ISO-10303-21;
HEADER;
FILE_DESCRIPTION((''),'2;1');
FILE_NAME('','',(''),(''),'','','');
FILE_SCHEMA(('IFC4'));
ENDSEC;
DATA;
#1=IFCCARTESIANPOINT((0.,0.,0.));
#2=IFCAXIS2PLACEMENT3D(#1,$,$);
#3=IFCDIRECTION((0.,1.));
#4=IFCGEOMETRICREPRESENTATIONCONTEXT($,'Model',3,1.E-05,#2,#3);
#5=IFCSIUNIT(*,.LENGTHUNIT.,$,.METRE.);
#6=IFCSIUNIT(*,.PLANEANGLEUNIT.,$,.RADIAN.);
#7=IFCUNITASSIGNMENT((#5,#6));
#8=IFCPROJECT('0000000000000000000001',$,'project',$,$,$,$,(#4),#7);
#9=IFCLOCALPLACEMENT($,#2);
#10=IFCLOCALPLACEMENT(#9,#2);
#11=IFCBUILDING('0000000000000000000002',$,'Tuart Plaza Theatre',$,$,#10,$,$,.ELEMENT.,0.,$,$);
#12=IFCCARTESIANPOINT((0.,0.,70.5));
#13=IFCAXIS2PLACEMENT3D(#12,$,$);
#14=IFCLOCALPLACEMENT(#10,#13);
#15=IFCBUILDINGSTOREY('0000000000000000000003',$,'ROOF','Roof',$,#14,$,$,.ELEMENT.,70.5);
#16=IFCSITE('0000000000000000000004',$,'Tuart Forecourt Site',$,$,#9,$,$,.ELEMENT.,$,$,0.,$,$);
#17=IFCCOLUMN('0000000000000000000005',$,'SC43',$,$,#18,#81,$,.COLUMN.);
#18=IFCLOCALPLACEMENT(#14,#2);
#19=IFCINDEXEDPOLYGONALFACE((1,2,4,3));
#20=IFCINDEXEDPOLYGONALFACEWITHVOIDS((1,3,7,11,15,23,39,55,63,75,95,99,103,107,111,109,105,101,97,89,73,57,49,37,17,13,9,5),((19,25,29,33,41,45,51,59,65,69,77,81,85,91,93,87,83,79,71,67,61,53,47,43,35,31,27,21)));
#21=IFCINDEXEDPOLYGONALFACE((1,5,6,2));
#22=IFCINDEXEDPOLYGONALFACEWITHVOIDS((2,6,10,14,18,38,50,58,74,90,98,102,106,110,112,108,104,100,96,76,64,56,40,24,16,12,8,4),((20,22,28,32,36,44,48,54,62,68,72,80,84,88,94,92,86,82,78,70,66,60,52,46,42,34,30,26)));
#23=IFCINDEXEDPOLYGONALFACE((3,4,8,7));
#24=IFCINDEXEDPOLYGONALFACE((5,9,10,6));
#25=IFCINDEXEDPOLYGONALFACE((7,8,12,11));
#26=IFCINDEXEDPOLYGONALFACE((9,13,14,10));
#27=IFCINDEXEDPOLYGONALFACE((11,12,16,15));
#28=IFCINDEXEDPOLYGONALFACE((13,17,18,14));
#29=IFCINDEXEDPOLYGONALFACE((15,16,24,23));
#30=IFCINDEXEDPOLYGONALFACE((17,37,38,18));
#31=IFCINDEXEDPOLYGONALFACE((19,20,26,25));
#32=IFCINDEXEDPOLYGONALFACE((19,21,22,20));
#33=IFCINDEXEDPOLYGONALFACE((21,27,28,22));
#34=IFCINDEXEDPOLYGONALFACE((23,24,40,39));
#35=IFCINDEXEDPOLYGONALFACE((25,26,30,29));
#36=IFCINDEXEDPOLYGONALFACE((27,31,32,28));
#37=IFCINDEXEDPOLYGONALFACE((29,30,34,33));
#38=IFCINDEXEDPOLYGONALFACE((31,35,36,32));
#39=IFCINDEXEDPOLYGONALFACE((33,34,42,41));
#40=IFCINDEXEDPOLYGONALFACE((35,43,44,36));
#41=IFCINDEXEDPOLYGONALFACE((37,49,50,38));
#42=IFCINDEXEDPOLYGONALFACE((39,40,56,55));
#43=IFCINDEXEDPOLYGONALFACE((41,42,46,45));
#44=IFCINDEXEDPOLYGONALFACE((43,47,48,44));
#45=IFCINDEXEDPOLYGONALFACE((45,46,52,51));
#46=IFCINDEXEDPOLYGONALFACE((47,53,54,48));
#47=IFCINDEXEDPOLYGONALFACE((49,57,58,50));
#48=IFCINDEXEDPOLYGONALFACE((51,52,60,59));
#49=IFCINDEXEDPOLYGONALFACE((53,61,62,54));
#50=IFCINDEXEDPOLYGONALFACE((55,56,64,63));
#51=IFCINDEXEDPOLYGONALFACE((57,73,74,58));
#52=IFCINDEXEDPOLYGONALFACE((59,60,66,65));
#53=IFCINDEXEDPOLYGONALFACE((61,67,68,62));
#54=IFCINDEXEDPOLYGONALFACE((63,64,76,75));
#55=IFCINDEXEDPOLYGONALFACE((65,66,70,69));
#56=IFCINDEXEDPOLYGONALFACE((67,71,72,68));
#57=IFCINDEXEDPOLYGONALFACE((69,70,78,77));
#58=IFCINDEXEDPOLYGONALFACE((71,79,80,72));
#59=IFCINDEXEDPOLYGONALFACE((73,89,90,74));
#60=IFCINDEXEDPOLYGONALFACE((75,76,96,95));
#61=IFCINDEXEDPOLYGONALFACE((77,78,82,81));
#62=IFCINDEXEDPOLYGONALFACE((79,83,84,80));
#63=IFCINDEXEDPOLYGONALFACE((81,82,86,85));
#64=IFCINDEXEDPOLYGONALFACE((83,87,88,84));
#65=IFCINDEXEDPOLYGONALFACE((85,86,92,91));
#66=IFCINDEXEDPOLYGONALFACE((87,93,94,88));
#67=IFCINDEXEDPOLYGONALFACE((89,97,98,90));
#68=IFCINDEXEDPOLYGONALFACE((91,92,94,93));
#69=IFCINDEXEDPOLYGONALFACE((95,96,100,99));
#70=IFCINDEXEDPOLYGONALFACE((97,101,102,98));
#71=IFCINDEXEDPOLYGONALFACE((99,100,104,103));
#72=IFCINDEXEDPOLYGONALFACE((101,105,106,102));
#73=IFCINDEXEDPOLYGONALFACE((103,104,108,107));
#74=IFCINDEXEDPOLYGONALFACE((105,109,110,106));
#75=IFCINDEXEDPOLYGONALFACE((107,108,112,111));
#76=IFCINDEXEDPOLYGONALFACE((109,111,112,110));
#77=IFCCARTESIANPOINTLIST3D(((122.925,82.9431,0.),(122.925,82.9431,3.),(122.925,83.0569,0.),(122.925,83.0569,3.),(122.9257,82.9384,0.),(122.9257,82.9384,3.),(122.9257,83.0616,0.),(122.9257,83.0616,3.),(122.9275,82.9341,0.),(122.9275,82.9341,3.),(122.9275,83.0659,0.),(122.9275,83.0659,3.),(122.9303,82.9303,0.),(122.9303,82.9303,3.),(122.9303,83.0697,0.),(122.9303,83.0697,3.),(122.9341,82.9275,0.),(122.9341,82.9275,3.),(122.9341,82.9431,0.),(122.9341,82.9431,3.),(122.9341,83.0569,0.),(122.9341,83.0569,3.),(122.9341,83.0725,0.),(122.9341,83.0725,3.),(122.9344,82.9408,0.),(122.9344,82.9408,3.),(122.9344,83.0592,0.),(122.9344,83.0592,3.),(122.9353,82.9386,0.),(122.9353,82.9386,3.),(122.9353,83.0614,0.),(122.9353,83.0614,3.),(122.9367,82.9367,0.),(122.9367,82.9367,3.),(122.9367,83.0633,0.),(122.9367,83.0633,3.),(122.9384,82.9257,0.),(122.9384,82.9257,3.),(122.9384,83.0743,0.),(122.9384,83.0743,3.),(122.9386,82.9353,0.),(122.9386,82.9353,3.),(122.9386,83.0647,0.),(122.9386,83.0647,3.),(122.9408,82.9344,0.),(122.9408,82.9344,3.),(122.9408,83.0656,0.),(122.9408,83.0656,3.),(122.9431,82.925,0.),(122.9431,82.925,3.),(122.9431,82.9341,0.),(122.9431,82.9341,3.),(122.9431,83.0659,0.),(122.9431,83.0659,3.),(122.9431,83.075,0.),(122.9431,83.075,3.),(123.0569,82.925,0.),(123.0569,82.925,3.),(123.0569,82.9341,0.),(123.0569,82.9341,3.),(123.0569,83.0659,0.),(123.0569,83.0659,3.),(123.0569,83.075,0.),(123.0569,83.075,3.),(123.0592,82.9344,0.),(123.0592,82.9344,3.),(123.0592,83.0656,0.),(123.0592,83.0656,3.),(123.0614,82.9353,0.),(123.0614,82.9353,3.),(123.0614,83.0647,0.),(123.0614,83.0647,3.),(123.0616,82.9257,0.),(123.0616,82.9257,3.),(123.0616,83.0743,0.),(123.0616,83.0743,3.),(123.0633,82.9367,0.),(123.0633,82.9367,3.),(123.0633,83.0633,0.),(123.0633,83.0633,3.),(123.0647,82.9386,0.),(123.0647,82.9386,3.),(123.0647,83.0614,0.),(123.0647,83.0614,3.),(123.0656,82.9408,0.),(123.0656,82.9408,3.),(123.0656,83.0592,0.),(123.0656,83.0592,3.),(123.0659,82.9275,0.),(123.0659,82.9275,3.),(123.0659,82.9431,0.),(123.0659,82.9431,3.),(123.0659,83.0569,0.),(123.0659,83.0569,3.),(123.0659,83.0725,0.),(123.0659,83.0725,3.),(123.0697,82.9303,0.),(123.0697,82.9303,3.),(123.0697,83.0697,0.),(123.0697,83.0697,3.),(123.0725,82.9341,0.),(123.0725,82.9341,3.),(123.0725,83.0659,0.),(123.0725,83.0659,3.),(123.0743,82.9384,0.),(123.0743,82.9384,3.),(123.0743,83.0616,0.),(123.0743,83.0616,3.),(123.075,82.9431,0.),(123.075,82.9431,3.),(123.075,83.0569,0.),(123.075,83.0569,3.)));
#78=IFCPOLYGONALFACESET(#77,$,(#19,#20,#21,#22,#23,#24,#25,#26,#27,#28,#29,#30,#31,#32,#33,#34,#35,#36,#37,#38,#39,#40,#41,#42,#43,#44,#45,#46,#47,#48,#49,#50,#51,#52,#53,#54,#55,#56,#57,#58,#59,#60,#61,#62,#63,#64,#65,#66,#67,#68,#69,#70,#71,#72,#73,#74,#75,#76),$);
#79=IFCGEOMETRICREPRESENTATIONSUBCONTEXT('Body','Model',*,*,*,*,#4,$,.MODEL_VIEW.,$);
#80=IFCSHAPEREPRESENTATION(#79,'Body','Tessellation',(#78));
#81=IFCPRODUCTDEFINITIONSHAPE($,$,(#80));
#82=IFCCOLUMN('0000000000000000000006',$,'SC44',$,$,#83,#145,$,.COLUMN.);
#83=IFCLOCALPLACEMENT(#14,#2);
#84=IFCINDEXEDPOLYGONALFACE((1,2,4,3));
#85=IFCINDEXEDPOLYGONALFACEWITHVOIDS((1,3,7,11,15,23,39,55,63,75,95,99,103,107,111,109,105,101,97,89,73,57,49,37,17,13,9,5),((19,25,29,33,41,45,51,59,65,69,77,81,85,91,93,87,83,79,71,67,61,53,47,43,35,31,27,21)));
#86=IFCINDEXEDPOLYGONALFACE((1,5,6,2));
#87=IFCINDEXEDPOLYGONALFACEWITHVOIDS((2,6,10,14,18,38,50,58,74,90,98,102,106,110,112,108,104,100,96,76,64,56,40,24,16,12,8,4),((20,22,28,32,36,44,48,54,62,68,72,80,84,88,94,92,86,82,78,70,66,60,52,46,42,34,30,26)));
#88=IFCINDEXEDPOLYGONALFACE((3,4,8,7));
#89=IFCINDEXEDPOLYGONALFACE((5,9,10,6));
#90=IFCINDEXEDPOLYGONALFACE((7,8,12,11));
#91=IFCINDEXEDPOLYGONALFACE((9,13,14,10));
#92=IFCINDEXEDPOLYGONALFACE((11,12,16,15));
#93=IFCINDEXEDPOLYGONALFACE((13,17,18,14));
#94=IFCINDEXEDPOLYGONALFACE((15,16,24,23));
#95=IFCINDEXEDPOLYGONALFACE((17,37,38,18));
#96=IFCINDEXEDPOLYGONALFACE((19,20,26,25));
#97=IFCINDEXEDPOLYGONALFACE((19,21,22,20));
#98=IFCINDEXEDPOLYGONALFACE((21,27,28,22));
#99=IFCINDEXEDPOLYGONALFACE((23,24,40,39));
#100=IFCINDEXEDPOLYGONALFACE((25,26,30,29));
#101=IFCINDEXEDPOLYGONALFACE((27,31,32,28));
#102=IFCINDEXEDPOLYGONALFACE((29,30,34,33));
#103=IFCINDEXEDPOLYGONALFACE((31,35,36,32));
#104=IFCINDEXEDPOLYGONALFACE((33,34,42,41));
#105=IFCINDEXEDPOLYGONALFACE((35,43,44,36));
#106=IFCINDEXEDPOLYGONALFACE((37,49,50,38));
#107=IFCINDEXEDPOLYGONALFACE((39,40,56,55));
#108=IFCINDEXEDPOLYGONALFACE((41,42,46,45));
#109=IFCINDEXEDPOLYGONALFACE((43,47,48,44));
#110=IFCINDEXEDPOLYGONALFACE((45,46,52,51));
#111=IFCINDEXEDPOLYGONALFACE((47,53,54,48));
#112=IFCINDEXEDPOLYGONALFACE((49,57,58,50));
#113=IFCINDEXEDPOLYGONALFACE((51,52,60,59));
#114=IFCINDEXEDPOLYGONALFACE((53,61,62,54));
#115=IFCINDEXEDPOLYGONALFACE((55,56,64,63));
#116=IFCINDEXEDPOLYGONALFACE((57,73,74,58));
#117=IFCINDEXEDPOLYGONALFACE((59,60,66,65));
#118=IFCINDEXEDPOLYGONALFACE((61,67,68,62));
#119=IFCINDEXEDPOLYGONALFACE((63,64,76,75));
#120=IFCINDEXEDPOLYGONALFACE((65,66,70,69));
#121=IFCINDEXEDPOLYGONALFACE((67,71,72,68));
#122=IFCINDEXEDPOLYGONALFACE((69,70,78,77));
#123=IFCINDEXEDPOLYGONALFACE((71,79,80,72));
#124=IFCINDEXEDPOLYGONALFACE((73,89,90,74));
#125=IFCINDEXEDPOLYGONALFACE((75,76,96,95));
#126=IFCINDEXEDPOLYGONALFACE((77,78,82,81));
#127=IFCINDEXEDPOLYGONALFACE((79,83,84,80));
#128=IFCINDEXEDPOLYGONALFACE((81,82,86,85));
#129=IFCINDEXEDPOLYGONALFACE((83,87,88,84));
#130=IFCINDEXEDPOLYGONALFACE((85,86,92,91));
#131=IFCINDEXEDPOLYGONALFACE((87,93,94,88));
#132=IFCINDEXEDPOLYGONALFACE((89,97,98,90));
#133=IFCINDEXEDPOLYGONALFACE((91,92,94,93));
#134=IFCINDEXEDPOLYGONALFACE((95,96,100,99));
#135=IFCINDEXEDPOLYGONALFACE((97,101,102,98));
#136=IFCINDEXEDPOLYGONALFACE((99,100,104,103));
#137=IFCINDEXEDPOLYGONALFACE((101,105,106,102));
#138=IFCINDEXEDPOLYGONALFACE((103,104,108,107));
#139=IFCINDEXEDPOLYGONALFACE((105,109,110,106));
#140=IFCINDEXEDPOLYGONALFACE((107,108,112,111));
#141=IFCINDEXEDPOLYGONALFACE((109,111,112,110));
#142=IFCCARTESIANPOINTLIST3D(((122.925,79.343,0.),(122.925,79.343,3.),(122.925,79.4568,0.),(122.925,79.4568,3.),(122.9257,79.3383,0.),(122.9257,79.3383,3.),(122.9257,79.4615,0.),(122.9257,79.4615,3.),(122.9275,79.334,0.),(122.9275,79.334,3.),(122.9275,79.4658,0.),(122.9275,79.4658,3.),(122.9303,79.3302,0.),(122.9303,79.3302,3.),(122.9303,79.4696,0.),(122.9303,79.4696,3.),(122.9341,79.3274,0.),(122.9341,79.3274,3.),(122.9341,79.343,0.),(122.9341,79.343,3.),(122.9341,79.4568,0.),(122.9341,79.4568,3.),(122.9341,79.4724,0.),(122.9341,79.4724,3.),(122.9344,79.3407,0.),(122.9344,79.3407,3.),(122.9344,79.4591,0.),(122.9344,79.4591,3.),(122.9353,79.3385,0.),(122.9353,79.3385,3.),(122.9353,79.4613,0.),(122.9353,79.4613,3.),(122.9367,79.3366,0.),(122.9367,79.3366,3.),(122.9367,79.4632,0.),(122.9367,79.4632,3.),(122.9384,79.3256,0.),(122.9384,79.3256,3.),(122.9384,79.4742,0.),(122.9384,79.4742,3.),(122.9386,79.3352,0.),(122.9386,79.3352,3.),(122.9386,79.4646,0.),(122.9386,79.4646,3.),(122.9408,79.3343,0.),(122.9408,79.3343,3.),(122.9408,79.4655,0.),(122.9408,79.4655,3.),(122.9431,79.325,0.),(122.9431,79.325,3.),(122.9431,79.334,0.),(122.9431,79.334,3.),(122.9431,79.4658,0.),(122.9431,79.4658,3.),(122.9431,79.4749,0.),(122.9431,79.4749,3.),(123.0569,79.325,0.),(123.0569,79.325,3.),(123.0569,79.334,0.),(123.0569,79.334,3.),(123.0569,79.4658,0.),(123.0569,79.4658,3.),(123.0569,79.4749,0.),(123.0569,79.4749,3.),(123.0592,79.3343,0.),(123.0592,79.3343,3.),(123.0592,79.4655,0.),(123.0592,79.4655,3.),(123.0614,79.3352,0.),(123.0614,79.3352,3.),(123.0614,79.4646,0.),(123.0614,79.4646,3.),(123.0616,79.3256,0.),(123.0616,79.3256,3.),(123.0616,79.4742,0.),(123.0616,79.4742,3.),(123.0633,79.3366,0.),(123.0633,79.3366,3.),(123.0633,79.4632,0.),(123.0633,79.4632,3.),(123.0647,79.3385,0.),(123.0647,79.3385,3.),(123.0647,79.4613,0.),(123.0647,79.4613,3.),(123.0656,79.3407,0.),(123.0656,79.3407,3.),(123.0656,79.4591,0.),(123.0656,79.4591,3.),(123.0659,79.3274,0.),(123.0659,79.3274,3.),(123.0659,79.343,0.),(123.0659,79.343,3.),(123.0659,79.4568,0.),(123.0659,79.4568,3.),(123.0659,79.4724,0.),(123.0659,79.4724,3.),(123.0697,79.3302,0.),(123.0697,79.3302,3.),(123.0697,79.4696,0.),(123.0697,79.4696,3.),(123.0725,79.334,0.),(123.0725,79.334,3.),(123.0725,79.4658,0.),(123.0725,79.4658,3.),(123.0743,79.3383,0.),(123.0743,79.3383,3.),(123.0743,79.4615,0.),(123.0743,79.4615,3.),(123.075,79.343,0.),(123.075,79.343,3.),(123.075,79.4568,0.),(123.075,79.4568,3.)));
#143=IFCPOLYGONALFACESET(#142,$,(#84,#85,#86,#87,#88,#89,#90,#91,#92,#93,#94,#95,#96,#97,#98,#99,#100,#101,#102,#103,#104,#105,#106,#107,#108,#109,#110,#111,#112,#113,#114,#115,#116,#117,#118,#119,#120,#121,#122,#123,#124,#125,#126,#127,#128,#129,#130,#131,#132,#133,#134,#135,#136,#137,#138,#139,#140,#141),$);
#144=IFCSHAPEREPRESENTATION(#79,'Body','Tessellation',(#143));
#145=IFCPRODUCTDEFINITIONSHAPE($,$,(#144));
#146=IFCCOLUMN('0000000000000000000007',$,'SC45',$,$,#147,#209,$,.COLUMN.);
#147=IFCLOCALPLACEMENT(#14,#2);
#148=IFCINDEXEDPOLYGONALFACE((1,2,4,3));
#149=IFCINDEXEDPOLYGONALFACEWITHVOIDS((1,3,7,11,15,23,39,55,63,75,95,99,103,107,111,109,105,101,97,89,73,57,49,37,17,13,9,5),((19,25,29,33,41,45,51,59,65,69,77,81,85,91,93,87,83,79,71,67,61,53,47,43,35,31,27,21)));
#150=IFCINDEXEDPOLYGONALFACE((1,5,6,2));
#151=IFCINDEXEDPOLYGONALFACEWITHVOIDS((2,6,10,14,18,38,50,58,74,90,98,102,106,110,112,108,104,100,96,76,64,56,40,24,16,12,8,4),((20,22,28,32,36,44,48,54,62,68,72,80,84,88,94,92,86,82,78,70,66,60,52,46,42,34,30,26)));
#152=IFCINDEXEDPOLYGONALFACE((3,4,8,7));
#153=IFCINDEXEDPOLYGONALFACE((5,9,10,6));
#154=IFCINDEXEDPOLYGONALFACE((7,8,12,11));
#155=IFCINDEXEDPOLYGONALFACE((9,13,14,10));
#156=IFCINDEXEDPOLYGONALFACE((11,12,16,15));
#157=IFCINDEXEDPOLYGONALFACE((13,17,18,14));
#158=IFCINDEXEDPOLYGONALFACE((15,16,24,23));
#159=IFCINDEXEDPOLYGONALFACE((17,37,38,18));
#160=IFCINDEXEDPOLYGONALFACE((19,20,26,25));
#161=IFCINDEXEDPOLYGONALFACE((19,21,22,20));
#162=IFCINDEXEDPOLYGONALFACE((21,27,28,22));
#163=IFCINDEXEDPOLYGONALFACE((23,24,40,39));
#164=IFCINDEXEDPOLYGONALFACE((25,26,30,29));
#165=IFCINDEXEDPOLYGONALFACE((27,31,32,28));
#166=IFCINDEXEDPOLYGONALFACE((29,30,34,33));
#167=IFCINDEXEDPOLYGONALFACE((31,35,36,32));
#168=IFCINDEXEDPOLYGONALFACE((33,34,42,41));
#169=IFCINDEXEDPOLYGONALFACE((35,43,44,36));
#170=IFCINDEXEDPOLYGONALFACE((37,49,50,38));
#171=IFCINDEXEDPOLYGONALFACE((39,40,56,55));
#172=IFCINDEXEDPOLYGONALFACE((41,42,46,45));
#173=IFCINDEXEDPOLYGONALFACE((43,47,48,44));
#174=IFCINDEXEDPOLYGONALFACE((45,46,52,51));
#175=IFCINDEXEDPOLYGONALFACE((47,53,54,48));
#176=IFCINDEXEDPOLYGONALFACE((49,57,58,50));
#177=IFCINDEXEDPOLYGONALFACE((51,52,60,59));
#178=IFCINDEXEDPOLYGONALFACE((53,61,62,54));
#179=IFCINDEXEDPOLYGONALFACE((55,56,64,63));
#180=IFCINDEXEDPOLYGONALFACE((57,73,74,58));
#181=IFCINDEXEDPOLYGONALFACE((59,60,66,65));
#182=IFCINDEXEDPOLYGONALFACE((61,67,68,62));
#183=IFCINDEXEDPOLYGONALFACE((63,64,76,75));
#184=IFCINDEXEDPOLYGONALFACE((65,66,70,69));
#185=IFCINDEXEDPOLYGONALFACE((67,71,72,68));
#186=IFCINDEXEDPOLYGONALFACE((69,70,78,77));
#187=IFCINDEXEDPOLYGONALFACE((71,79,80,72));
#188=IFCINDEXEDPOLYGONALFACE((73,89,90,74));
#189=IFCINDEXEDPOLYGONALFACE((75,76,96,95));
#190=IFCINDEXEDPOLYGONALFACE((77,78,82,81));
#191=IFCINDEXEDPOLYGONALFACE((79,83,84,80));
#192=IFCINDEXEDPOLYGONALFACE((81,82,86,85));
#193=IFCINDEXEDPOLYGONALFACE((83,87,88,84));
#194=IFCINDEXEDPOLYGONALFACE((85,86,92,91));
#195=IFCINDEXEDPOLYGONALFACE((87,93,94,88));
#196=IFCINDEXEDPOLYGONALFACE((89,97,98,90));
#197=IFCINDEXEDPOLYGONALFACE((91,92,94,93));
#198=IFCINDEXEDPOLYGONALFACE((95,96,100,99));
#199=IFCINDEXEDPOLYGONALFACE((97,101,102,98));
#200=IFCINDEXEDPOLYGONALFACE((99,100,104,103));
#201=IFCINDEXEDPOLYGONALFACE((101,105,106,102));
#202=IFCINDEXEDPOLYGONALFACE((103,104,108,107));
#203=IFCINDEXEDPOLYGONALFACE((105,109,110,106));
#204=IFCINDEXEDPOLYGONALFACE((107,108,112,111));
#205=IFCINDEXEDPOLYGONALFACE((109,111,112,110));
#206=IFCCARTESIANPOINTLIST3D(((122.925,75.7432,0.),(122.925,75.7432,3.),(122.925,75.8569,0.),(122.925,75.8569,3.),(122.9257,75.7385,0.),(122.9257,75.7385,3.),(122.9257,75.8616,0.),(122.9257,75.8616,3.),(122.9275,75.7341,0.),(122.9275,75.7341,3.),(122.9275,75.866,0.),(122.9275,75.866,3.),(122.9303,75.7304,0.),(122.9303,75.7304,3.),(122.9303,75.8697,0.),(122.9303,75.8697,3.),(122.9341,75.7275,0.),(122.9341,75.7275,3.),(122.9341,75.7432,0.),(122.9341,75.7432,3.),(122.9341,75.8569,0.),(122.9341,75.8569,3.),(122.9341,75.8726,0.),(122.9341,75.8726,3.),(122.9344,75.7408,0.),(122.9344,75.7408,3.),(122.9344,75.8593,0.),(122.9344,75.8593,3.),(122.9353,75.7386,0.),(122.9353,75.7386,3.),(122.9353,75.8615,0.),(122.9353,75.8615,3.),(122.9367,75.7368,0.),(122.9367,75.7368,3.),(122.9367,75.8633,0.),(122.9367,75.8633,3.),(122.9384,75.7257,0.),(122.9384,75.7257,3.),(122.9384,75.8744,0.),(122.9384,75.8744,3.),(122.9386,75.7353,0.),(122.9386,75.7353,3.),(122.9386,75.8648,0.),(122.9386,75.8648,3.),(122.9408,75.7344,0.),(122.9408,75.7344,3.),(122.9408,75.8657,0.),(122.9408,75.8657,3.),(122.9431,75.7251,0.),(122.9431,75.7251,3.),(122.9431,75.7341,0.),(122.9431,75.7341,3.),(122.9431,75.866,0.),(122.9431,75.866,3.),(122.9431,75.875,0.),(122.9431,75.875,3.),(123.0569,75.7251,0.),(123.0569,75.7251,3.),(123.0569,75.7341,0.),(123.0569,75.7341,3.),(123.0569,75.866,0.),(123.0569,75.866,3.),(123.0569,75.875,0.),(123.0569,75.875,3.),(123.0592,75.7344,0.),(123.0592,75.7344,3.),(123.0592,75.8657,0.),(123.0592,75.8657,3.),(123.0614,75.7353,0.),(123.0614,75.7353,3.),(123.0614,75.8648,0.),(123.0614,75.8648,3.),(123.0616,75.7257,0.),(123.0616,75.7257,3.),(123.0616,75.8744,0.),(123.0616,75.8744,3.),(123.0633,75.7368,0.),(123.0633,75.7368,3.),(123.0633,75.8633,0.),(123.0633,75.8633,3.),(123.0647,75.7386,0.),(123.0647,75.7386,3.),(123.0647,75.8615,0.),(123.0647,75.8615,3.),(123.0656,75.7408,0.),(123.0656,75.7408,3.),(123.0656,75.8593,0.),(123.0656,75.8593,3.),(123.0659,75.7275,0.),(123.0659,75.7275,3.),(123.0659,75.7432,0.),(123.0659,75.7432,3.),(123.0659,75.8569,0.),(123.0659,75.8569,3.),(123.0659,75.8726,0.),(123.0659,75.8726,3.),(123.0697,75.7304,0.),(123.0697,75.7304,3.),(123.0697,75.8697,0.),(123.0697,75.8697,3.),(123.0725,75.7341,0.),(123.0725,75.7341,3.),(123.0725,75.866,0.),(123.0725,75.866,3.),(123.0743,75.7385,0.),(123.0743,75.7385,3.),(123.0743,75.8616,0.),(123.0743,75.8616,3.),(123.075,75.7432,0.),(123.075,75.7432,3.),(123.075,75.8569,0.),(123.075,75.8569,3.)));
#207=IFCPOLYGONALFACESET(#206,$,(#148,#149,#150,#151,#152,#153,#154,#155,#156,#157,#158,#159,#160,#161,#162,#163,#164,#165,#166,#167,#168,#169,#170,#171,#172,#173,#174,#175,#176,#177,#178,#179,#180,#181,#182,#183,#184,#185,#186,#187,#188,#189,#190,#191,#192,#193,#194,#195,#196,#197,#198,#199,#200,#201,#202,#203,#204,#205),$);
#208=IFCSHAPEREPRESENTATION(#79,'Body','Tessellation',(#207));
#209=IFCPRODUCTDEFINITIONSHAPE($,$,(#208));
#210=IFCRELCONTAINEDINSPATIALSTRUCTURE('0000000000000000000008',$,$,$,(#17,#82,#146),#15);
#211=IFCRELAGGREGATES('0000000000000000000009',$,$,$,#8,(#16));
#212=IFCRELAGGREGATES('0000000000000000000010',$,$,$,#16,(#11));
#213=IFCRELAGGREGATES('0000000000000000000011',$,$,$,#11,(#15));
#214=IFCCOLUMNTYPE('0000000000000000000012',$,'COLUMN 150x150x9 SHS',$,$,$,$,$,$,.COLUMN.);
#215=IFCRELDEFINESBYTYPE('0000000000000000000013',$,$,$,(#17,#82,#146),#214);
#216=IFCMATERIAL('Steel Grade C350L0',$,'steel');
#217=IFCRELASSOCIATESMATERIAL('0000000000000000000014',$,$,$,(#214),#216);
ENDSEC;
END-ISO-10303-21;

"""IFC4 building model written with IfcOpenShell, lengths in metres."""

from ifc_helpers import new_model, si_unit, direction, frame, origin, origin_2d, place, context, subcontext, project, spatial, hollow_rectangle, extrude, material, material_profile, profile_set, type_object, element, save


model = new_model("IFC4")

# Units and contexts
model_context = context("Model", 3, precision=1e-05, world=origin(), true_north=direction((0.0, 1.0)))
body_context = subcontext(model_context, "Body", "Model", "MODEL_VIEW")
ifc_project = project(units=[si_unit("LENGTHUNIT", "METRE"), si_unit("PLANEANGLEUNIT", "RADIAN")], contexts=[model_context])

# Site, building, storey
site_placement = place(None, origin())
site = spatial("IfcSite", under=ifc_project, at=site_placement, Name="Tuart Forecourt Site", CompositionType="ELEMENT", RefElevation=0.0)
building_placement = place(site_placement, origin())
building = spatial("IfcBuilding", under=site, at=building_placement, Name="Tuart Plaza Theatre", CompositionType="ELEMENT", ElevationOfRefHeight=0.0)
storey_placement = place(building_placement, frame((0.0, 0.0, 70.5)))
storey = spatial("IfcBuildingStorey", under=building, at=storey_placement, Name="ROOF", Description="Roof", CompositionType="ELEMENT", Elevation=70.5)

# Columns
ifc_material_1 = material(Name="Steel Grade C350L0", Category="steel")
ifc_material_profile_1 = material_profile(ifc_material_1, hollow_rectangle(XDim=0.1499, YDim=0.1499, WallThickness=0.009, InnerFilletRadius=0.009, OuterFilletRadius=0.0181, at=origin_2d()), Name="150x150x9 SHS")
ifc_profile_set_1 = profile_set([ifc_material_profile_1], Name="Steel Grade C350L0")
column_type = type_object("IfcColumnType", Name="COLUMN 150x150x9 SHS", PredefinedType="COLUMN", material=ifc_profile_set_1)
for number, where, z_axis, x_axis, name in (
    (1, (123.0, 83.0, 0.0), (0.0, 0.0, 1.0), (1.0, 0.0, 0.0), "SC43"),
    (2, (123.0, 79.3999, 0.0), (0.0, 0.0, 1.0), (1.0, 0.0, 0.0), "SC44"),
    (3, (123.0, 75.8, 0.0), (0.0, 0.0, 1.0), (1.0, 0.0, 0.0), "SC45"),
):
    element("IfcColumn", number, at=place(storey_placement, frame(where, z_axis=z_axis, x_axis=x_axis)), inside=storey, type_object=column_type, Name=name, PredefinedType="COLUMN", context=body_context, shape_type="SweptSolid", body=[
        extrude(hollow_rectangle(XDim=0.1499, YDim=0.1499, WallThickness=0.009, InnerFilletRadius=0.009, OuterFilletRadius=0.0181, at=origin_2d()), origin(), (0.0, 0.0, 1.0), 3.0),
    ])

save(model, "model.ifc")
